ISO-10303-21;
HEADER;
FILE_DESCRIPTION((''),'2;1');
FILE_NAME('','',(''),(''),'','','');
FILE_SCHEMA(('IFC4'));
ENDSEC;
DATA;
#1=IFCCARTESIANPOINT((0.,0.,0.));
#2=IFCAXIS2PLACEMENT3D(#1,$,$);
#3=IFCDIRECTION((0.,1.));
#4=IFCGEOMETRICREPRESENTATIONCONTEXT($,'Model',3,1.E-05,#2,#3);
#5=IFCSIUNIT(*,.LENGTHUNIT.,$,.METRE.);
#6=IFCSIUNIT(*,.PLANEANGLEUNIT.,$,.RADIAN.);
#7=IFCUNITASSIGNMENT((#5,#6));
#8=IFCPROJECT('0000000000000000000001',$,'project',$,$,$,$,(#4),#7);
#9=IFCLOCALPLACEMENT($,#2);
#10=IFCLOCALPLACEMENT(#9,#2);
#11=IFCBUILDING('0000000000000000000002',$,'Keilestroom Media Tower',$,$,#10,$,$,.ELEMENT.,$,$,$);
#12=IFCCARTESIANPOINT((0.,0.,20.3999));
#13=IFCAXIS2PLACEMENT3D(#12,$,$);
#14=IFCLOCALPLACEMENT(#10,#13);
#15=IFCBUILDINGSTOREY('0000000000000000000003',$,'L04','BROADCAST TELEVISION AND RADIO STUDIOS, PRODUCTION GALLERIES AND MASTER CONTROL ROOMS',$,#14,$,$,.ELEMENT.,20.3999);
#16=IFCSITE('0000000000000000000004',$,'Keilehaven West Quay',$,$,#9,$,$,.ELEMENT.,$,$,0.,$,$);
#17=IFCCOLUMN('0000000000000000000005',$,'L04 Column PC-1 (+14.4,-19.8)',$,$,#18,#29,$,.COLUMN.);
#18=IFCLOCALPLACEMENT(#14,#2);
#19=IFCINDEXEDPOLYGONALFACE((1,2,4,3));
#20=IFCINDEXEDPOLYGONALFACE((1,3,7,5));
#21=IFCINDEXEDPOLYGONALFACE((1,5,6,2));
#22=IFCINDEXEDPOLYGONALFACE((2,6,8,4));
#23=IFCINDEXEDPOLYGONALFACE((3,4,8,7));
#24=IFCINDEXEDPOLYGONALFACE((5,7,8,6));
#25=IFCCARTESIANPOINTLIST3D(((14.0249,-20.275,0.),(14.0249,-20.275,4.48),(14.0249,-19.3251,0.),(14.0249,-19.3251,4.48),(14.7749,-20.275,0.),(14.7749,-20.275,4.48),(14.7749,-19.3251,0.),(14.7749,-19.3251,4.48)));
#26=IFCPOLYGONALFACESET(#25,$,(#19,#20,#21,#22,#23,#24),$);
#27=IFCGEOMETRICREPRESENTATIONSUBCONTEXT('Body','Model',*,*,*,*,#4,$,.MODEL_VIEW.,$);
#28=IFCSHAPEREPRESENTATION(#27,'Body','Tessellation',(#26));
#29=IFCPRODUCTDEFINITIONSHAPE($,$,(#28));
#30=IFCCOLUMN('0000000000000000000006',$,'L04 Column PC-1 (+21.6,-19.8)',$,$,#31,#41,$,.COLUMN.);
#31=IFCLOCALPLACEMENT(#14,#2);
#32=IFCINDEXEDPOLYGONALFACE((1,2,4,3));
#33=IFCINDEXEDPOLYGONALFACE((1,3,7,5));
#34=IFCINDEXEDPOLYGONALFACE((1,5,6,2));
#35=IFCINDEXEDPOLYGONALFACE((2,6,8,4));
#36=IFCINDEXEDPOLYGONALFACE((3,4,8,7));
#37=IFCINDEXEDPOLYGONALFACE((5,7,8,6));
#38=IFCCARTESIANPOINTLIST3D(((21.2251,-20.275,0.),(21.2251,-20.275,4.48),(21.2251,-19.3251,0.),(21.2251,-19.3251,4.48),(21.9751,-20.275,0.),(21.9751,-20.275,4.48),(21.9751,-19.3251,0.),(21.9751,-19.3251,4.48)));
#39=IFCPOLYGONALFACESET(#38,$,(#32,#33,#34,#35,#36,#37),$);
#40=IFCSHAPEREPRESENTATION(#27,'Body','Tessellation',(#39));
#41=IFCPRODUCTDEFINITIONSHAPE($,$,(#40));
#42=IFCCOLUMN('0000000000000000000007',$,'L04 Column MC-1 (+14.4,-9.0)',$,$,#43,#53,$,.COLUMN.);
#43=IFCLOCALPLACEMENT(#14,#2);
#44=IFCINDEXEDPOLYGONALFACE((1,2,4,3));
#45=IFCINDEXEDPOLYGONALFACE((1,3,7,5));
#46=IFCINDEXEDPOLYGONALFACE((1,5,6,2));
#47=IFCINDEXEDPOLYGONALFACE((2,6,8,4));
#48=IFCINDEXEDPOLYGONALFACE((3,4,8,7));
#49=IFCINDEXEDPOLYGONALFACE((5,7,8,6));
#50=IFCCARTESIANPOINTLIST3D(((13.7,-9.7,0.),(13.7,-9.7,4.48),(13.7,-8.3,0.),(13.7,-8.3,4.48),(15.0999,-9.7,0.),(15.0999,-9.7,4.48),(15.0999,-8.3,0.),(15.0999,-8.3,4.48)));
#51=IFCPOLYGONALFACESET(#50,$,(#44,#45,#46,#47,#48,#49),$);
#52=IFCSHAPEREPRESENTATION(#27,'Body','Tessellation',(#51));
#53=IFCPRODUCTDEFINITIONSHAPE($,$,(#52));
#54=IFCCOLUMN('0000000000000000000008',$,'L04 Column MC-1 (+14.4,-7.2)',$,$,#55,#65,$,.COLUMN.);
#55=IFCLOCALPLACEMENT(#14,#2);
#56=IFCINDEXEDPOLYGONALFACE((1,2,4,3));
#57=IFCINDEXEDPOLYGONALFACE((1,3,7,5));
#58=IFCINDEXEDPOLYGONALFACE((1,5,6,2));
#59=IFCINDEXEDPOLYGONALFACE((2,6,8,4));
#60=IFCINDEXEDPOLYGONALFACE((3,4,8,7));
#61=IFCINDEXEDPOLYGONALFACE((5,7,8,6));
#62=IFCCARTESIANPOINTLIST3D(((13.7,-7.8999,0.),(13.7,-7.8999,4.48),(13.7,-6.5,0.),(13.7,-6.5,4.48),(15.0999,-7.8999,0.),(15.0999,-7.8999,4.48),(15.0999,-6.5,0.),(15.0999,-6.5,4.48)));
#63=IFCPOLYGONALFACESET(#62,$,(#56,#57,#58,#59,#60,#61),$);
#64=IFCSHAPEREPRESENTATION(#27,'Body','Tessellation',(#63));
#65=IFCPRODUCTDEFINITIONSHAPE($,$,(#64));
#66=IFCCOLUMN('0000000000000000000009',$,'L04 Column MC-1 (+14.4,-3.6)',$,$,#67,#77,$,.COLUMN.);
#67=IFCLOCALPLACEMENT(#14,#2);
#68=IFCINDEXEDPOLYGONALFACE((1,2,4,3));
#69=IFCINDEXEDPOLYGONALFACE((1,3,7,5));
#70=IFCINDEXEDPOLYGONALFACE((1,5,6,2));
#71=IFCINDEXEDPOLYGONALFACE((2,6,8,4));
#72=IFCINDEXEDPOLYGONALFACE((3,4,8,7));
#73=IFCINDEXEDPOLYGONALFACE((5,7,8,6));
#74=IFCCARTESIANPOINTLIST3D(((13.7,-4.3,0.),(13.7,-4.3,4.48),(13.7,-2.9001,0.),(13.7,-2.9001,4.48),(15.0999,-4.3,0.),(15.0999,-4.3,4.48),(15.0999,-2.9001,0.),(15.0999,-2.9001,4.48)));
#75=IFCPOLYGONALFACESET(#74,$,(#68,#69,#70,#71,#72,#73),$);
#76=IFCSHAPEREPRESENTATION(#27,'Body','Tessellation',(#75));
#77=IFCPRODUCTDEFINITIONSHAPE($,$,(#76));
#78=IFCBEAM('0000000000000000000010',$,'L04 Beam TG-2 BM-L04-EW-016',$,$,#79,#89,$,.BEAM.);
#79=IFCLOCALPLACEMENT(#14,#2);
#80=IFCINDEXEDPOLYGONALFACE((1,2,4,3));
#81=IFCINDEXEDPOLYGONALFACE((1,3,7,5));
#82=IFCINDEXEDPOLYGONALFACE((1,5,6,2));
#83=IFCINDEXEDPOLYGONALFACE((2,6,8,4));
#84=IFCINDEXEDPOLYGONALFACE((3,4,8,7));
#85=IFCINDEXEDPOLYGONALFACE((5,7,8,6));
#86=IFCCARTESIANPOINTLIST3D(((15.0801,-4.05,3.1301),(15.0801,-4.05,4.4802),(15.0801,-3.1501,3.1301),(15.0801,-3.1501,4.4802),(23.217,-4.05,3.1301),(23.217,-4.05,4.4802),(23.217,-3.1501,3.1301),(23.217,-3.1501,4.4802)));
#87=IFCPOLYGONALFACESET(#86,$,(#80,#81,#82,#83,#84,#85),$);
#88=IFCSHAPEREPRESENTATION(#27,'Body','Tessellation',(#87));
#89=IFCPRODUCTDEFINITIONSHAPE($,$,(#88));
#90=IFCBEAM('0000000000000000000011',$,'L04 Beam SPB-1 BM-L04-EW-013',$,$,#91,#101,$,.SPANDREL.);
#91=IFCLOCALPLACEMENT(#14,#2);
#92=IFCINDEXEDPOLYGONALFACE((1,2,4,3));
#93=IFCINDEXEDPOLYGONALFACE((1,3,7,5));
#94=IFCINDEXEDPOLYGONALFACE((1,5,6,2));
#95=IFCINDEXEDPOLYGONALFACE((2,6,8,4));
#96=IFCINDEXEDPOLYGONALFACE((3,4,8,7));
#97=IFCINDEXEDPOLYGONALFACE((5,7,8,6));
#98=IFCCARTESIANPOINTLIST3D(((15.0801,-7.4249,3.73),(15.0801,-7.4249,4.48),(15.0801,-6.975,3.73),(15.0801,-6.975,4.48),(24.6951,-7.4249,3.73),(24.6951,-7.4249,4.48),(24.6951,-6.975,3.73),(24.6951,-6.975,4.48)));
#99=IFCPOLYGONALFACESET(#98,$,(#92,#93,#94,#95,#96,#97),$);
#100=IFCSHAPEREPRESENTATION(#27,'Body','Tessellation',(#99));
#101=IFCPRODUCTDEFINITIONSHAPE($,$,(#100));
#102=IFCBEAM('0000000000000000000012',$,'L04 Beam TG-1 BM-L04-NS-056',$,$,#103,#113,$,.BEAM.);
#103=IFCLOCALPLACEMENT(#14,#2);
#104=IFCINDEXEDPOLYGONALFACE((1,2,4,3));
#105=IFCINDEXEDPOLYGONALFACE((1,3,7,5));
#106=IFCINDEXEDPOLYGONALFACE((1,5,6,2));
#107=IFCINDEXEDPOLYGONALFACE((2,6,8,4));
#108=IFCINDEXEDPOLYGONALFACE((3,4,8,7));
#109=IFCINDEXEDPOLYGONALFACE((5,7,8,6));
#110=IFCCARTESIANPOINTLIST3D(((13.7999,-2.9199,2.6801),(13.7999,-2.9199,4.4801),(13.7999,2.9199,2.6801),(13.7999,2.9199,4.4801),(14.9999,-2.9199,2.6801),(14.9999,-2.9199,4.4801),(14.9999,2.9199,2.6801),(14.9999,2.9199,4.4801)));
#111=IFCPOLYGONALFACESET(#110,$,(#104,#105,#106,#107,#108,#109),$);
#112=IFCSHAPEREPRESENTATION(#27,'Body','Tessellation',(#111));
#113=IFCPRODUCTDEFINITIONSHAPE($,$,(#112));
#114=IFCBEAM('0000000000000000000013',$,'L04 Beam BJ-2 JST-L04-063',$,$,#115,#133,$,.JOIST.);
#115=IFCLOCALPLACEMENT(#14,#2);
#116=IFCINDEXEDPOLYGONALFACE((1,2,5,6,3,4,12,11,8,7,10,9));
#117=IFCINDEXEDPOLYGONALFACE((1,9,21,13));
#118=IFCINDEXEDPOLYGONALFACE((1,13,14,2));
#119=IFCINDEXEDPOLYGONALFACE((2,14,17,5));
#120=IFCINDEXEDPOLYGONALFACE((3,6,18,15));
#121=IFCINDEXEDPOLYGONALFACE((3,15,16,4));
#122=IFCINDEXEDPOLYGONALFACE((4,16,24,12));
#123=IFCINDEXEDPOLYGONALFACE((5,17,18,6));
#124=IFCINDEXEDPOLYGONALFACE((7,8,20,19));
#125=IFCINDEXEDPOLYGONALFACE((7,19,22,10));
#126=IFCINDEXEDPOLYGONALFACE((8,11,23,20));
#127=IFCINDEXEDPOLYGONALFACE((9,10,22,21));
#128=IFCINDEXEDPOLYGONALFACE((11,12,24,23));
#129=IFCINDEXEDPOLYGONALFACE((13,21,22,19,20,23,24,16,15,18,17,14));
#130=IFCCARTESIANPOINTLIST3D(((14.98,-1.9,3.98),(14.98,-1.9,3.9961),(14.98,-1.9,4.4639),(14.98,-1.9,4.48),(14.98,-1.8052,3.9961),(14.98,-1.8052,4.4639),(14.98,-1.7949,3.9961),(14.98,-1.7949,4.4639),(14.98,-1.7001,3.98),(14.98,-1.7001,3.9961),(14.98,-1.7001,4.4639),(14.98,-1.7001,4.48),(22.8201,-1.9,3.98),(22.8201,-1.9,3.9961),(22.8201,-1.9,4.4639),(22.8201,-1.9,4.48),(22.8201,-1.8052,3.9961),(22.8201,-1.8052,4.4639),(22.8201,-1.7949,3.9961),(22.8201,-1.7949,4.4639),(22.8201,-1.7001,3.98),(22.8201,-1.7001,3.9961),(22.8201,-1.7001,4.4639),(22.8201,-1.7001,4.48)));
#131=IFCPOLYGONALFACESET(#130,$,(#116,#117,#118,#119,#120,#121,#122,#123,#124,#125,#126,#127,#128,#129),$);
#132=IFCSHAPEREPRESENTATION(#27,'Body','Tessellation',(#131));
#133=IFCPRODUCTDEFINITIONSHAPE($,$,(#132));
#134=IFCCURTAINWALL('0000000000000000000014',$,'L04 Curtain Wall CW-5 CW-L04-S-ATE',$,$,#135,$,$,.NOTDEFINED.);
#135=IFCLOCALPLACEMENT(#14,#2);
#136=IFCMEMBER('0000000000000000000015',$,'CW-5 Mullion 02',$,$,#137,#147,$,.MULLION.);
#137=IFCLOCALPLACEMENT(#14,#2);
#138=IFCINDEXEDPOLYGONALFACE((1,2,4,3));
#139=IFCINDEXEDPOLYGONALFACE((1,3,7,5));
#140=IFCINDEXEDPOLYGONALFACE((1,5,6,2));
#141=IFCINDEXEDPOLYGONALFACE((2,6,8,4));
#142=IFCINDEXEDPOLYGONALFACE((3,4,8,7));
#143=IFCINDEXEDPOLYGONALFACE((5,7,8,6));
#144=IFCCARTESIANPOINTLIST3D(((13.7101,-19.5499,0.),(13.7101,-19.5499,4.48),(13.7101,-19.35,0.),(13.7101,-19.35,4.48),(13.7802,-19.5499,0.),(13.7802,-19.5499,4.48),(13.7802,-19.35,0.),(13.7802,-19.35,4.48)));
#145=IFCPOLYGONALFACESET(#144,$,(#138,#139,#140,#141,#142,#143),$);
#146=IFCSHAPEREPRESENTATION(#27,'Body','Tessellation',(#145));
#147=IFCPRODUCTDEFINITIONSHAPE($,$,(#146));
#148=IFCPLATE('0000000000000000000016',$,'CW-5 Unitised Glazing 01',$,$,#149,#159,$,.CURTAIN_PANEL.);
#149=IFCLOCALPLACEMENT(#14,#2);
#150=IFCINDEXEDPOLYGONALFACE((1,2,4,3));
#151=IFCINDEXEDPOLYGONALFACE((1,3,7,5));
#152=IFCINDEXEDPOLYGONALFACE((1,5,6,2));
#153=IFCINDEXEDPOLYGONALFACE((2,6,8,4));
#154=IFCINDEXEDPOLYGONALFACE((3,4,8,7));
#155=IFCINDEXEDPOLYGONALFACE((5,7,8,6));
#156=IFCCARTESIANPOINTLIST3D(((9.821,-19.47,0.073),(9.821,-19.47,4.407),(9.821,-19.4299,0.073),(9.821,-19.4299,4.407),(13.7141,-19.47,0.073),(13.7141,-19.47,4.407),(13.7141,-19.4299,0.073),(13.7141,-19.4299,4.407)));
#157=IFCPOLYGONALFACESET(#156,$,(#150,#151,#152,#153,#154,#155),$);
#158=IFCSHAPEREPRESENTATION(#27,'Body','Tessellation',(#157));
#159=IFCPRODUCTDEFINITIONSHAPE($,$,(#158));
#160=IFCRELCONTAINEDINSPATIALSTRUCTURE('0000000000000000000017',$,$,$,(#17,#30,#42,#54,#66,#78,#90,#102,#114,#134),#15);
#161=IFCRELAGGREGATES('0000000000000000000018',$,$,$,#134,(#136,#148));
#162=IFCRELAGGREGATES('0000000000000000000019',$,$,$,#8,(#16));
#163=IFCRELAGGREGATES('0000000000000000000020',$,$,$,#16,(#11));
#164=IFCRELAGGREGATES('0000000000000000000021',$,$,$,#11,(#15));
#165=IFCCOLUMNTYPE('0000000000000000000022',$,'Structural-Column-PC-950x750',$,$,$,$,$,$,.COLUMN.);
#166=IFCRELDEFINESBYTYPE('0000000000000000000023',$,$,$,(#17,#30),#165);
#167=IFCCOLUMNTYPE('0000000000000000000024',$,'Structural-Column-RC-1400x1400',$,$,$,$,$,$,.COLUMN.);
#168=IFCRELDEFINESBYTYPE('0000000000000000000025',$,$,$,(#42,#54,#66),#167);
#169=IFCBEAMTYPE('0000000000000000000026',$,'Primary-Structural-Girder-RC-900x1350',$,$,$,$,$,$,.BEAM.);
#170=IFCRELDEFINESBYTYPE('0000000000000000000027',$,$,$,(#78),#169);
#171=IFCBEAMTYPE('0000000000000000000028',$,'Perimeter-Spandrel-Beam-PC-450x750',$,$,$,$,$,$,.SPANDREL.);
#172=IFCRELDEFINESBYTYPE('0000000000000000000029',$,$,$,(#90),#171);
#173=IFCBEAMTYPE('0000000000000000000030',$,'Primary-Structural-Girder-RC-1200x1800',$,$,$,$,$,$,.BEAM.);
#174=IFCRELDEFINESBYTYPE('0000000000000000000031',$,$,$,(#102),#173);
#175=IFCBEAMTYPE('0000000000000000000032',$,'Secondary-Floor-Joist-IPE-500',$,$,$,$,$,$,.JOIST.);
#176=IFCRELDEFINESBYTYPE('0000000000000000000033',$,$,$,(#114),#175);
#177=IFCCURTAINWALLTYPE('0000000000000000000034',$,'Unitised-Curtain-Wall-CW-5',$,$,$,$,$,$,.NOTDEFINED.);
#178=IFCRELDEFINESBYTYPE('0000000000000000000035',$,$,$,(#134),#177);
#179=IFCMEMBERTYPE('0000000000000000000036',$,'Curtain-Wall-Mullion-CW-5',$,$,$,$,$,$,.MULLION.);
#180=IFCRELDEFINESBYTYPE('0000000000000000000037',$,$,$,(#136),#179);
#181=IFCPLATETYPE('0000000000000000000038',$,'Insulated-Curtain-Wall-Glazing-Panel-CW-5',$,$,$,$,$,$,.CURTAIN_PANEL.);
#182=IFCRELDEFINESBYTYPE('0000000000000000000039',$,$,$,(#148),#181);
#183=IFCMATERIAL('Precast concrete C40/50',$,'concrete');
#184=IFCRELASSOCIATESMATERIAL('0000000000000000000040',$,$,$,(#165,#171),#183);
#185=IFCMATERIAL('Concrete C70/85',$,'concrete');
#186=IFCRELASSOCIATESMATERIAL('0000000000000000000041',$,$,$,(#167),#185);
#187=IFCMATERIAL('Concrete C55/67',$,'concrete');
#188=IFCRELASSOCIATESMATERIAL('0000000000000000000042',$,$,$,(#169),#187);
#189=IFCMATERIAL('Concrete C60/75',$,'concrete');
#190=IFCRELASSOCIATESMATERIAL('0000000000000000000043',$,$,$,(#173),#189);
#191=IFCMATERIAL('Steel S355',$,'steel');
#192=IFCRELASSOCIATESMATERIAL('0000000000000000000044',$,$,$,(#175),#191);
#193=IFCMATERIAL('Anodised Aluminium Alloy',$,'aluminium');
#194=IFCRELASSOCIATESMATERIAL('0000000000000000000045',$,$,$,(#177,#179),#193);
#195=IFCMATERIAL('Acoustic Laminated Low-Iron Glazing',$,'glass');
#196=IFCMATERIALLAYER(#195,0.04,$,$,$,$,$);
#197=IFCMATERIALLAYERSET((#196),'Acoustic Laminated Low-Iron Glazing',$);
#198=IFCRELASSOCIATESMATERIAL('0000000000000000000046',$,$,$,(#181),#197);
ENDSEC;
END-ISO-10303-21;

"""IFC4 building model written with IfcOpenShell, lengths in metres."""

from ifc_helpers import new_model, si_unit, direction, frame, origin, origin_2d, place, context, subcontext, project, spatial, rectangle, i_section, extrude, source, transform, mapped, material, layer, layer_set, material_profile, profile_set, type_object, element, aggregate, save


model = new_model("IFC4")

# Units and contexts
model_context = context("Model", 3, precision=1e-05, world=origin(), true_north=direction((0.0, 1.0)))
body_context = subcontext(model_context, "Body", "Model", "MODEL_VIEW")
ifc_project = project(units=[si_unit("LENGTHUNIT", "METRE"), si_unit("PLANEANGLEUNIT", "RADIAN")], contexts=[model_context])

# Site, building, storey
site_placement = place(None, origin())
site = spatial("IfcSite", under=ifc_project, at=site_placement, Name="Keilehaven West Quay", CompositionType="ELEMENT", RefElevation=0.0)
building_placement = place(site_placement, origin())
building = spatial("IfcBuilding", under=site, at=building_placement, Name="Keilestroom Media Tower", CompositionType="ELEMENT")
storey_placement = place(building_placement, frame((0.0, 0.0, 20.3999)))
storey = spatial("IfcBuildingStorey", under=building, at=storey_placement, Name="L04", Description="BROADCAST TELEVISION AND RADIO STUDIOS, PRODUCTION GALLERIES AND MASTER CONTROL ROOMS", CompositionType="ELEMENT", Elevation=20.3999)

# Columns
ifc_material_1 = material(Name="Precast concrete C40/50", Category="concrete")
ifc_material_profile_1 = material_profile(ifc_material_1, rectangle(XDim=0.75, YDim=0.95, at=origin_2d()), Name="PC 950x750")
ifc_profile_set_1 = profile_set([ifc_material_profile_1], Name="Precast concrete C40/50")
column_type_1 = type_object("IfcColumnType", Name="Structural-Column-PC-950x750", PredefinedType="COLUMN", material=ifc_profile_set_1)
shared_shape_1 = source(origin(), body_context, "Body", "SweptSolid", [
    extrude(rectangle(XDim=0.75, YDim=0.95, at=origin_2d()), origin(), (0.0, 0.0, 1.0), 4.48),
])
for number, where, z_axis, x_axis, name in (
    (1, (14.3999, -19.8, 0.0), (0.0, 0.0, 1.0), (1.0, 0.0, 0.0), "L04 Column PC-1 (+14.4,-19.8)"),
    (2, (21.6001, -19.8, 0.0), (0.0, 0.0, 1.0), (1.0, 0.0, 0.0), "L04 Column PC-1 (+21.6,-19.8)"),
):
    element("IfcColumn", number, at=place(storey_placement, frame(where, z_axis=z_axis, x_axis=x_axis)), inside=storey, type_object=column_type_1, Name=name, PredefinedType="COLUMN", context=body_context, shape_type="MappedRepresentation", body=[
        mapped(shared_shape_1, transform((0.0, 0.0, 0.0), x_axis=(1.0, 0.0, 0.0), y_axis=(0.0, 1.0, 0.0), z_axis=(0.0, 0.0, 1.0), scale=1.0)),
    ])
ifc_material_2 = material(Name="Concrete C70/85", Category="concrete")
ifc_material_profile_2 = material_profile(ifc_material_2, rectangle(XDim=1.3999, YDim=1.3999, at=origin_2d()), Name="RC 1400x1400")
ifc_profile_set_2 = profile_set([ifc_material_profile_2], Name="Concrete C70/85")
column_type_2 = type_object("IfcColumnType", Name="Structural-Column-RC-1400x1400", PredefinedType="COLUMN", material=ifc_profile_set_2)
shared_shape_2 = source(origin(), body_context, "Body", "SweptSolid", [
    extrude(rectangle(XDim=1.3999, YDim=1.3999, at=origin_2d()), origin(), (0.0, 0.0, 1.0), 4.48),
])
for number, where, z_axis, x_axis, name in (
    (3, (14.3999, -9.0, 0.0), (0.0, 0.0, 1.0), (1.0, 0.0, 0.0), "L04 Column MC-1 (+14.4,-9.0)"),
    (4, (14.3999, -7.2, 0.0), (0.0, 0.0, 1.0), (1.0, 0.0, 0.0), "L04 Column MC-1 (+14.4,-7.2)"),
    (5, (14.3999, -3.6001, 0.0), (0.0, 0.0, 1.0), (1.0, 0.0, 0.0), "L04 Column MC-1 (+14.4,-3.6)"),
):
    element("IfcColumn", number, at=place(storey_placement, frame(where, z_axis=z_axis, x_axis=x_axis)), inside=storey, type_object=column_type_2, Name=name, PredefinedType="COLUMN", context=body_context, shape_type="MappedRepresentation", body=[
        mapped(shared_shape_2, transform((0.0, 0.0, 0.0), x_axis=(1.0, 0.0, 0.0), y_axis=(0.0, 1.0, 0.0), z_axis=(0.0, 0.0, 1.0), scale=1.0)),
    ])

# Beams
ifc_material_3 = material(Name="Concrete C55/67", Category="concrete")
ifc_material_profile_3 = material_profile(ifc_material_3, rectangle(XDim=0.8999, YDim=1.3501, at=origin_2d()), Name="RC 900x1350")
ifc_profile_set_3 = profile_set([ifc_material_profile_3], Name="Concrete C55/67")
beam_type_1 = type_object("IfcBeamType", Name="Primary-Structural-Girder-RC-900x1350", PredefinedType="BEAM", material=ifc_profile_set_3)
shared_shape_3 = source(origin(), body_context, "Body", "SweptSolid", [
    extrude(rectangle(XDim=0.8999, YDim=1.3501, at=origin_2d()), origin(), (0.0, 0.0, 1.0), 8.137),
])
beam_1_placement = place(storey_placement, frame((15.0801, -3.6001, 3.8052), z_axis=(1.0, 0.0, 0.0), x_axis=(0.0, 1.0, 0.0)))
element("IfcBeam", 6, at=beam_1_placement, inside=storey, type_object=beam_type_1, Name="L04 Beam TG-2 BM-L04-EW-016", PredefinedType="BEAM", context=body_context, shape_type="MappedRepresentation", body=[
    mapped(shared_shape_3, transform((0.0, 0.0, 0.0), x_axis=(1.0, 0.0, 0.0), y_axis=(0.0, 1.0, 0.0), z_axis=(0.0, 0.0, 1.0), scale=1.0)),
])
ifc_material_profile_4 = material_profile(ifc_material_1, rectangle(XDim=0.45, YDim=0.75, at=origin_2d()), Name="PC 450x750")
ifc_profile_set_4 = profile_set([ifc_material_profile_4], Name="Precast concrete C40/50")
beam_type_2 = type_object("IfcBeamType", Name="Perimeter-Spandrel-Beam-PC-450x750", PredefinedType="SPANDREL", material=ifc_profile_set_4)
shared_shape_4 = source(origin(), body_context, "Body", "SweptSolid", [
    extrude(rectangle(XDim=0.45, YDim=0.75, at=origin_2d()), origin(), (0.0, 0.0, 1.0), 9.615),
])
beam_2_placement = place(storey_placement, frame((15.0801, -7.2, 4.105), z_axis=(1.0, 0.0, 0.0), x_axis=(0.0, 1.0, 0.0)))
element("IfcBeam", 7, at=beam_2_placement, inside=storey, type_object=beam_type_2, Name="L04 Beam SPB-1 BM-L04-EW-013", PredefinedType="SPANDREL", context=body_context, shape_type="MappedRepresentation", body=[
    mapped(shared_shape_4, transform((0.0, 0.0, 0.0), x_axis=(1.0, 0.0, 0.0), y_axis=(0.0, 1.0, 0.0), z_axis=(0.0, 0.0, 1.0), scale=1.0)),
])
ifc_material_4 = material(Name="Concrete C60/75", Category="concrete")
ifc_material_profile_5 = material_profile(ifc_material_4, rectangle(XDim=1.2, YDim=1.8, at=origin_2d()), Name="RC 1200x1800")
ifc_profile_set_5 = profile_set([ifc_material_profile_5], Name="Concrete C60/75")
beam_type_3 = type_object("IfcBeamType", Name="Primary-Structural-Girder-RC-1200x1800", PredefinedType="BEAM", material=ifc_profile_set_5)
shared_shape_5 = source(origin(), body_context, "Body", "SweptSolid", [
    extrude(rectangle(XDim=1.2, YDim=1.8, at=origin_2d()), origin(), (0.0, 0.0, 1.0), 5.8398),
])
beam_3_placement = place(storey_placement, frame((14.3999, -2.9199, 3.5801), z_axis=(0.0, 1.0, 0.0), x_axis=(-1.0, 0.0, 0.0)))
element("IfcBeam", 8, at=beam_3_placement, inside=storey, type_object=beam_type_3, Name="L04 Beam TG-1 BM-L04-NS-056", PredefinedType="BEAM", context=body_context, shape_type="MappedRepresentation", body=[
    mapped(shared_shape_5, transform((0.0, 0.0, 0.0), x_axis=(1.0, 0.0, 0.0), y_axis=(0.0, 1.0, 0.0), z_axis=(0.0, 0.0, 1.0), scale=1.0)),
])
ifc_material_5 = material(Name="Steel S355", Category="steel")
ifc_material_profile_6 = material_profile(ifc_material_5, i_section(OverallWidth=0.2, OverallDepth=0.5, WebThickness=0.0103, FlangeThickness=0.0161, at=origin_2d()), Name="IPE 500")
ifc_profile_set_6 = profile_set([ifc_material_profile_6], Name="Steel S355")
beam_type_4 = type_object("IfcBeamType", Name="Secondary-Floor-Joist-IPE-500", PredefinedType="JOIST", material=ifc_profile_set_6)
shared_shape_6 = source(origin(), body_context, "Body", "SweptSolid", [
    extrude(i_section(OverallWidth=0.2, OverallDepth=0.5, WebThickness=0.0103, FlangeThickness=0.0161, at=origin_2d()), origin(), (0.0, 0.0, 1.0), 7.8401),
])
beam_4_placement = place(storey_placement, frame((14.98, -1.8, 4.23), z_axis=(1.0, 0.0, 0.0), x_axis=(0.0, 1.0, 0.0)))
element("IfcBeam", 9, at=beam_4_placement, inside=storey, type_object=beam_type_4, Name="L04 Beam BJ-2 JST-L04-063", PredefinedType="JOIST", context=body_context, shape_type="MappedRepresentation", body=[
    mapped(shared_shape_6, transform((0.0, 0.0, 0.0), x_axis=(1.0, 0.0, 0.0), y_axis=(0.0, 1.0, 0.0), z_axis=(0.0, 0.0, 1.0), scale=1.0)),
])

# Curtain wall, member, plate
ifc_material_6 = material(Name="Anodised Aluminium Alloy", Category="aluminium")
curtain_wall_type = type_object("IfcCurtainWallType", Name="Unitised-Curtain-Wall-CW-5", PredefinedType="NOTDEFINED", material=ifc_material_6)
curtain_wall_placement = place(storey_placement, origin())
curtain_wall = element("IfcCurtainWall", 10, at=curtain_wall_placement, inside=storey, type_object=curtain_wall_type, Name="L04 Curtain Wall CW-5 CW-L04-S-ATE", PredefinedType="NOTDEFINED")
ifc_material_profile_7 = material_profile(ifc_material_6, rectangle(XDim=0.0701, YDim=0.2, at=origin_2d()), Name="ALU MULLION 70x200")
ifc_profile_set_7 = profile_set([ifc_material_profile_7], Name="Anodised Aluminium Alloy")
member_type = type_object("IfcMemberType", Name="Curtain-Wall-Mullion-CW-5", PredefinedType="MULLION", material=ifc_profile_set_7)
shared_shape_7 = source(origin(), body_context, "Body", "SweptSolid", [
    extrude(rectangle(XDim=0.0701, YDim=0.2, at=origin_2d()), origin(), (0.0, 0.0, 1.0), 4.48),
])
member_placement = place(storey_placement, frame((13.7451, -19.45, 0.0), z_axis=(0.0, 0.0, 1.0), x_axis=(1.0, 0.0, 0.0)))
member = element("IfcMember", 11, at=member_placement, type_object=member_type, Name="CW-5 Mullion 02", PredefinedType="MULLION", context=body_context, shape_type="MappedRepresentation", body=[
    mapped(shared_shape_7, transform((0.0, 0.0, 0.0), x_axis=(1.0, 0.0, 0.0), y_axis=(0.0, 1.0, 0.0), z_axis=(0.0, 0.0, 1.0), scale=1.0)),
])
ifc_material_7 = material(Name="Acoustic Laminated Low-Iron Glazing", Category="glass")
ifc_layer_1 = layer(ifc_material_7, 0.04)
ifc_layer_set_1 = layer_set([ifc_layer_1], Name="Acoustic Laminated Low-Iron Glazing")
plate_type = type_object("IfcPlateType", Name="Insulated-Curtain-Wall-Glazing-Panel-CW-5", PredefinedType="CURTAIN_PANEL", material=ifc_layer_set_1)
shared_shape_8 = source(origin(), body_context, "Body", "SweptSolid", [
    extrude(rectangle(XDim=3.8931, YDim=0.04, at=origin_2d()), origin(), (0.0, 0.0, 1.0), 4.334),
])
plate_placement = place(storey_placement, frame((11.7676, -19.45, 0.073), z_axis=(0.0, 0.0, 1.0), x_axis=(1.0, 0.0, 0.0)))
plate = element("IfcPlate", 12, at=plate_placement, type_object=plate_type, Name="CW-5 Unitised Glazing 01", PredefinedType="CURTAIN_PANEL", context=body_context, shape_type="MappedRepresentation", body=[
    mapped(shared_shape_8, transform((0.0, 0.0, 0.0), x_axis=(1.0, 0.0, 0.0), y_axis=(0.0, 1.0, 0.0), z_axis=(0.0, 0.0, 1.0), scale=1.0)),
])
aggregate(curtain_wall, [member, plate])

save(model, "model.ifc")
